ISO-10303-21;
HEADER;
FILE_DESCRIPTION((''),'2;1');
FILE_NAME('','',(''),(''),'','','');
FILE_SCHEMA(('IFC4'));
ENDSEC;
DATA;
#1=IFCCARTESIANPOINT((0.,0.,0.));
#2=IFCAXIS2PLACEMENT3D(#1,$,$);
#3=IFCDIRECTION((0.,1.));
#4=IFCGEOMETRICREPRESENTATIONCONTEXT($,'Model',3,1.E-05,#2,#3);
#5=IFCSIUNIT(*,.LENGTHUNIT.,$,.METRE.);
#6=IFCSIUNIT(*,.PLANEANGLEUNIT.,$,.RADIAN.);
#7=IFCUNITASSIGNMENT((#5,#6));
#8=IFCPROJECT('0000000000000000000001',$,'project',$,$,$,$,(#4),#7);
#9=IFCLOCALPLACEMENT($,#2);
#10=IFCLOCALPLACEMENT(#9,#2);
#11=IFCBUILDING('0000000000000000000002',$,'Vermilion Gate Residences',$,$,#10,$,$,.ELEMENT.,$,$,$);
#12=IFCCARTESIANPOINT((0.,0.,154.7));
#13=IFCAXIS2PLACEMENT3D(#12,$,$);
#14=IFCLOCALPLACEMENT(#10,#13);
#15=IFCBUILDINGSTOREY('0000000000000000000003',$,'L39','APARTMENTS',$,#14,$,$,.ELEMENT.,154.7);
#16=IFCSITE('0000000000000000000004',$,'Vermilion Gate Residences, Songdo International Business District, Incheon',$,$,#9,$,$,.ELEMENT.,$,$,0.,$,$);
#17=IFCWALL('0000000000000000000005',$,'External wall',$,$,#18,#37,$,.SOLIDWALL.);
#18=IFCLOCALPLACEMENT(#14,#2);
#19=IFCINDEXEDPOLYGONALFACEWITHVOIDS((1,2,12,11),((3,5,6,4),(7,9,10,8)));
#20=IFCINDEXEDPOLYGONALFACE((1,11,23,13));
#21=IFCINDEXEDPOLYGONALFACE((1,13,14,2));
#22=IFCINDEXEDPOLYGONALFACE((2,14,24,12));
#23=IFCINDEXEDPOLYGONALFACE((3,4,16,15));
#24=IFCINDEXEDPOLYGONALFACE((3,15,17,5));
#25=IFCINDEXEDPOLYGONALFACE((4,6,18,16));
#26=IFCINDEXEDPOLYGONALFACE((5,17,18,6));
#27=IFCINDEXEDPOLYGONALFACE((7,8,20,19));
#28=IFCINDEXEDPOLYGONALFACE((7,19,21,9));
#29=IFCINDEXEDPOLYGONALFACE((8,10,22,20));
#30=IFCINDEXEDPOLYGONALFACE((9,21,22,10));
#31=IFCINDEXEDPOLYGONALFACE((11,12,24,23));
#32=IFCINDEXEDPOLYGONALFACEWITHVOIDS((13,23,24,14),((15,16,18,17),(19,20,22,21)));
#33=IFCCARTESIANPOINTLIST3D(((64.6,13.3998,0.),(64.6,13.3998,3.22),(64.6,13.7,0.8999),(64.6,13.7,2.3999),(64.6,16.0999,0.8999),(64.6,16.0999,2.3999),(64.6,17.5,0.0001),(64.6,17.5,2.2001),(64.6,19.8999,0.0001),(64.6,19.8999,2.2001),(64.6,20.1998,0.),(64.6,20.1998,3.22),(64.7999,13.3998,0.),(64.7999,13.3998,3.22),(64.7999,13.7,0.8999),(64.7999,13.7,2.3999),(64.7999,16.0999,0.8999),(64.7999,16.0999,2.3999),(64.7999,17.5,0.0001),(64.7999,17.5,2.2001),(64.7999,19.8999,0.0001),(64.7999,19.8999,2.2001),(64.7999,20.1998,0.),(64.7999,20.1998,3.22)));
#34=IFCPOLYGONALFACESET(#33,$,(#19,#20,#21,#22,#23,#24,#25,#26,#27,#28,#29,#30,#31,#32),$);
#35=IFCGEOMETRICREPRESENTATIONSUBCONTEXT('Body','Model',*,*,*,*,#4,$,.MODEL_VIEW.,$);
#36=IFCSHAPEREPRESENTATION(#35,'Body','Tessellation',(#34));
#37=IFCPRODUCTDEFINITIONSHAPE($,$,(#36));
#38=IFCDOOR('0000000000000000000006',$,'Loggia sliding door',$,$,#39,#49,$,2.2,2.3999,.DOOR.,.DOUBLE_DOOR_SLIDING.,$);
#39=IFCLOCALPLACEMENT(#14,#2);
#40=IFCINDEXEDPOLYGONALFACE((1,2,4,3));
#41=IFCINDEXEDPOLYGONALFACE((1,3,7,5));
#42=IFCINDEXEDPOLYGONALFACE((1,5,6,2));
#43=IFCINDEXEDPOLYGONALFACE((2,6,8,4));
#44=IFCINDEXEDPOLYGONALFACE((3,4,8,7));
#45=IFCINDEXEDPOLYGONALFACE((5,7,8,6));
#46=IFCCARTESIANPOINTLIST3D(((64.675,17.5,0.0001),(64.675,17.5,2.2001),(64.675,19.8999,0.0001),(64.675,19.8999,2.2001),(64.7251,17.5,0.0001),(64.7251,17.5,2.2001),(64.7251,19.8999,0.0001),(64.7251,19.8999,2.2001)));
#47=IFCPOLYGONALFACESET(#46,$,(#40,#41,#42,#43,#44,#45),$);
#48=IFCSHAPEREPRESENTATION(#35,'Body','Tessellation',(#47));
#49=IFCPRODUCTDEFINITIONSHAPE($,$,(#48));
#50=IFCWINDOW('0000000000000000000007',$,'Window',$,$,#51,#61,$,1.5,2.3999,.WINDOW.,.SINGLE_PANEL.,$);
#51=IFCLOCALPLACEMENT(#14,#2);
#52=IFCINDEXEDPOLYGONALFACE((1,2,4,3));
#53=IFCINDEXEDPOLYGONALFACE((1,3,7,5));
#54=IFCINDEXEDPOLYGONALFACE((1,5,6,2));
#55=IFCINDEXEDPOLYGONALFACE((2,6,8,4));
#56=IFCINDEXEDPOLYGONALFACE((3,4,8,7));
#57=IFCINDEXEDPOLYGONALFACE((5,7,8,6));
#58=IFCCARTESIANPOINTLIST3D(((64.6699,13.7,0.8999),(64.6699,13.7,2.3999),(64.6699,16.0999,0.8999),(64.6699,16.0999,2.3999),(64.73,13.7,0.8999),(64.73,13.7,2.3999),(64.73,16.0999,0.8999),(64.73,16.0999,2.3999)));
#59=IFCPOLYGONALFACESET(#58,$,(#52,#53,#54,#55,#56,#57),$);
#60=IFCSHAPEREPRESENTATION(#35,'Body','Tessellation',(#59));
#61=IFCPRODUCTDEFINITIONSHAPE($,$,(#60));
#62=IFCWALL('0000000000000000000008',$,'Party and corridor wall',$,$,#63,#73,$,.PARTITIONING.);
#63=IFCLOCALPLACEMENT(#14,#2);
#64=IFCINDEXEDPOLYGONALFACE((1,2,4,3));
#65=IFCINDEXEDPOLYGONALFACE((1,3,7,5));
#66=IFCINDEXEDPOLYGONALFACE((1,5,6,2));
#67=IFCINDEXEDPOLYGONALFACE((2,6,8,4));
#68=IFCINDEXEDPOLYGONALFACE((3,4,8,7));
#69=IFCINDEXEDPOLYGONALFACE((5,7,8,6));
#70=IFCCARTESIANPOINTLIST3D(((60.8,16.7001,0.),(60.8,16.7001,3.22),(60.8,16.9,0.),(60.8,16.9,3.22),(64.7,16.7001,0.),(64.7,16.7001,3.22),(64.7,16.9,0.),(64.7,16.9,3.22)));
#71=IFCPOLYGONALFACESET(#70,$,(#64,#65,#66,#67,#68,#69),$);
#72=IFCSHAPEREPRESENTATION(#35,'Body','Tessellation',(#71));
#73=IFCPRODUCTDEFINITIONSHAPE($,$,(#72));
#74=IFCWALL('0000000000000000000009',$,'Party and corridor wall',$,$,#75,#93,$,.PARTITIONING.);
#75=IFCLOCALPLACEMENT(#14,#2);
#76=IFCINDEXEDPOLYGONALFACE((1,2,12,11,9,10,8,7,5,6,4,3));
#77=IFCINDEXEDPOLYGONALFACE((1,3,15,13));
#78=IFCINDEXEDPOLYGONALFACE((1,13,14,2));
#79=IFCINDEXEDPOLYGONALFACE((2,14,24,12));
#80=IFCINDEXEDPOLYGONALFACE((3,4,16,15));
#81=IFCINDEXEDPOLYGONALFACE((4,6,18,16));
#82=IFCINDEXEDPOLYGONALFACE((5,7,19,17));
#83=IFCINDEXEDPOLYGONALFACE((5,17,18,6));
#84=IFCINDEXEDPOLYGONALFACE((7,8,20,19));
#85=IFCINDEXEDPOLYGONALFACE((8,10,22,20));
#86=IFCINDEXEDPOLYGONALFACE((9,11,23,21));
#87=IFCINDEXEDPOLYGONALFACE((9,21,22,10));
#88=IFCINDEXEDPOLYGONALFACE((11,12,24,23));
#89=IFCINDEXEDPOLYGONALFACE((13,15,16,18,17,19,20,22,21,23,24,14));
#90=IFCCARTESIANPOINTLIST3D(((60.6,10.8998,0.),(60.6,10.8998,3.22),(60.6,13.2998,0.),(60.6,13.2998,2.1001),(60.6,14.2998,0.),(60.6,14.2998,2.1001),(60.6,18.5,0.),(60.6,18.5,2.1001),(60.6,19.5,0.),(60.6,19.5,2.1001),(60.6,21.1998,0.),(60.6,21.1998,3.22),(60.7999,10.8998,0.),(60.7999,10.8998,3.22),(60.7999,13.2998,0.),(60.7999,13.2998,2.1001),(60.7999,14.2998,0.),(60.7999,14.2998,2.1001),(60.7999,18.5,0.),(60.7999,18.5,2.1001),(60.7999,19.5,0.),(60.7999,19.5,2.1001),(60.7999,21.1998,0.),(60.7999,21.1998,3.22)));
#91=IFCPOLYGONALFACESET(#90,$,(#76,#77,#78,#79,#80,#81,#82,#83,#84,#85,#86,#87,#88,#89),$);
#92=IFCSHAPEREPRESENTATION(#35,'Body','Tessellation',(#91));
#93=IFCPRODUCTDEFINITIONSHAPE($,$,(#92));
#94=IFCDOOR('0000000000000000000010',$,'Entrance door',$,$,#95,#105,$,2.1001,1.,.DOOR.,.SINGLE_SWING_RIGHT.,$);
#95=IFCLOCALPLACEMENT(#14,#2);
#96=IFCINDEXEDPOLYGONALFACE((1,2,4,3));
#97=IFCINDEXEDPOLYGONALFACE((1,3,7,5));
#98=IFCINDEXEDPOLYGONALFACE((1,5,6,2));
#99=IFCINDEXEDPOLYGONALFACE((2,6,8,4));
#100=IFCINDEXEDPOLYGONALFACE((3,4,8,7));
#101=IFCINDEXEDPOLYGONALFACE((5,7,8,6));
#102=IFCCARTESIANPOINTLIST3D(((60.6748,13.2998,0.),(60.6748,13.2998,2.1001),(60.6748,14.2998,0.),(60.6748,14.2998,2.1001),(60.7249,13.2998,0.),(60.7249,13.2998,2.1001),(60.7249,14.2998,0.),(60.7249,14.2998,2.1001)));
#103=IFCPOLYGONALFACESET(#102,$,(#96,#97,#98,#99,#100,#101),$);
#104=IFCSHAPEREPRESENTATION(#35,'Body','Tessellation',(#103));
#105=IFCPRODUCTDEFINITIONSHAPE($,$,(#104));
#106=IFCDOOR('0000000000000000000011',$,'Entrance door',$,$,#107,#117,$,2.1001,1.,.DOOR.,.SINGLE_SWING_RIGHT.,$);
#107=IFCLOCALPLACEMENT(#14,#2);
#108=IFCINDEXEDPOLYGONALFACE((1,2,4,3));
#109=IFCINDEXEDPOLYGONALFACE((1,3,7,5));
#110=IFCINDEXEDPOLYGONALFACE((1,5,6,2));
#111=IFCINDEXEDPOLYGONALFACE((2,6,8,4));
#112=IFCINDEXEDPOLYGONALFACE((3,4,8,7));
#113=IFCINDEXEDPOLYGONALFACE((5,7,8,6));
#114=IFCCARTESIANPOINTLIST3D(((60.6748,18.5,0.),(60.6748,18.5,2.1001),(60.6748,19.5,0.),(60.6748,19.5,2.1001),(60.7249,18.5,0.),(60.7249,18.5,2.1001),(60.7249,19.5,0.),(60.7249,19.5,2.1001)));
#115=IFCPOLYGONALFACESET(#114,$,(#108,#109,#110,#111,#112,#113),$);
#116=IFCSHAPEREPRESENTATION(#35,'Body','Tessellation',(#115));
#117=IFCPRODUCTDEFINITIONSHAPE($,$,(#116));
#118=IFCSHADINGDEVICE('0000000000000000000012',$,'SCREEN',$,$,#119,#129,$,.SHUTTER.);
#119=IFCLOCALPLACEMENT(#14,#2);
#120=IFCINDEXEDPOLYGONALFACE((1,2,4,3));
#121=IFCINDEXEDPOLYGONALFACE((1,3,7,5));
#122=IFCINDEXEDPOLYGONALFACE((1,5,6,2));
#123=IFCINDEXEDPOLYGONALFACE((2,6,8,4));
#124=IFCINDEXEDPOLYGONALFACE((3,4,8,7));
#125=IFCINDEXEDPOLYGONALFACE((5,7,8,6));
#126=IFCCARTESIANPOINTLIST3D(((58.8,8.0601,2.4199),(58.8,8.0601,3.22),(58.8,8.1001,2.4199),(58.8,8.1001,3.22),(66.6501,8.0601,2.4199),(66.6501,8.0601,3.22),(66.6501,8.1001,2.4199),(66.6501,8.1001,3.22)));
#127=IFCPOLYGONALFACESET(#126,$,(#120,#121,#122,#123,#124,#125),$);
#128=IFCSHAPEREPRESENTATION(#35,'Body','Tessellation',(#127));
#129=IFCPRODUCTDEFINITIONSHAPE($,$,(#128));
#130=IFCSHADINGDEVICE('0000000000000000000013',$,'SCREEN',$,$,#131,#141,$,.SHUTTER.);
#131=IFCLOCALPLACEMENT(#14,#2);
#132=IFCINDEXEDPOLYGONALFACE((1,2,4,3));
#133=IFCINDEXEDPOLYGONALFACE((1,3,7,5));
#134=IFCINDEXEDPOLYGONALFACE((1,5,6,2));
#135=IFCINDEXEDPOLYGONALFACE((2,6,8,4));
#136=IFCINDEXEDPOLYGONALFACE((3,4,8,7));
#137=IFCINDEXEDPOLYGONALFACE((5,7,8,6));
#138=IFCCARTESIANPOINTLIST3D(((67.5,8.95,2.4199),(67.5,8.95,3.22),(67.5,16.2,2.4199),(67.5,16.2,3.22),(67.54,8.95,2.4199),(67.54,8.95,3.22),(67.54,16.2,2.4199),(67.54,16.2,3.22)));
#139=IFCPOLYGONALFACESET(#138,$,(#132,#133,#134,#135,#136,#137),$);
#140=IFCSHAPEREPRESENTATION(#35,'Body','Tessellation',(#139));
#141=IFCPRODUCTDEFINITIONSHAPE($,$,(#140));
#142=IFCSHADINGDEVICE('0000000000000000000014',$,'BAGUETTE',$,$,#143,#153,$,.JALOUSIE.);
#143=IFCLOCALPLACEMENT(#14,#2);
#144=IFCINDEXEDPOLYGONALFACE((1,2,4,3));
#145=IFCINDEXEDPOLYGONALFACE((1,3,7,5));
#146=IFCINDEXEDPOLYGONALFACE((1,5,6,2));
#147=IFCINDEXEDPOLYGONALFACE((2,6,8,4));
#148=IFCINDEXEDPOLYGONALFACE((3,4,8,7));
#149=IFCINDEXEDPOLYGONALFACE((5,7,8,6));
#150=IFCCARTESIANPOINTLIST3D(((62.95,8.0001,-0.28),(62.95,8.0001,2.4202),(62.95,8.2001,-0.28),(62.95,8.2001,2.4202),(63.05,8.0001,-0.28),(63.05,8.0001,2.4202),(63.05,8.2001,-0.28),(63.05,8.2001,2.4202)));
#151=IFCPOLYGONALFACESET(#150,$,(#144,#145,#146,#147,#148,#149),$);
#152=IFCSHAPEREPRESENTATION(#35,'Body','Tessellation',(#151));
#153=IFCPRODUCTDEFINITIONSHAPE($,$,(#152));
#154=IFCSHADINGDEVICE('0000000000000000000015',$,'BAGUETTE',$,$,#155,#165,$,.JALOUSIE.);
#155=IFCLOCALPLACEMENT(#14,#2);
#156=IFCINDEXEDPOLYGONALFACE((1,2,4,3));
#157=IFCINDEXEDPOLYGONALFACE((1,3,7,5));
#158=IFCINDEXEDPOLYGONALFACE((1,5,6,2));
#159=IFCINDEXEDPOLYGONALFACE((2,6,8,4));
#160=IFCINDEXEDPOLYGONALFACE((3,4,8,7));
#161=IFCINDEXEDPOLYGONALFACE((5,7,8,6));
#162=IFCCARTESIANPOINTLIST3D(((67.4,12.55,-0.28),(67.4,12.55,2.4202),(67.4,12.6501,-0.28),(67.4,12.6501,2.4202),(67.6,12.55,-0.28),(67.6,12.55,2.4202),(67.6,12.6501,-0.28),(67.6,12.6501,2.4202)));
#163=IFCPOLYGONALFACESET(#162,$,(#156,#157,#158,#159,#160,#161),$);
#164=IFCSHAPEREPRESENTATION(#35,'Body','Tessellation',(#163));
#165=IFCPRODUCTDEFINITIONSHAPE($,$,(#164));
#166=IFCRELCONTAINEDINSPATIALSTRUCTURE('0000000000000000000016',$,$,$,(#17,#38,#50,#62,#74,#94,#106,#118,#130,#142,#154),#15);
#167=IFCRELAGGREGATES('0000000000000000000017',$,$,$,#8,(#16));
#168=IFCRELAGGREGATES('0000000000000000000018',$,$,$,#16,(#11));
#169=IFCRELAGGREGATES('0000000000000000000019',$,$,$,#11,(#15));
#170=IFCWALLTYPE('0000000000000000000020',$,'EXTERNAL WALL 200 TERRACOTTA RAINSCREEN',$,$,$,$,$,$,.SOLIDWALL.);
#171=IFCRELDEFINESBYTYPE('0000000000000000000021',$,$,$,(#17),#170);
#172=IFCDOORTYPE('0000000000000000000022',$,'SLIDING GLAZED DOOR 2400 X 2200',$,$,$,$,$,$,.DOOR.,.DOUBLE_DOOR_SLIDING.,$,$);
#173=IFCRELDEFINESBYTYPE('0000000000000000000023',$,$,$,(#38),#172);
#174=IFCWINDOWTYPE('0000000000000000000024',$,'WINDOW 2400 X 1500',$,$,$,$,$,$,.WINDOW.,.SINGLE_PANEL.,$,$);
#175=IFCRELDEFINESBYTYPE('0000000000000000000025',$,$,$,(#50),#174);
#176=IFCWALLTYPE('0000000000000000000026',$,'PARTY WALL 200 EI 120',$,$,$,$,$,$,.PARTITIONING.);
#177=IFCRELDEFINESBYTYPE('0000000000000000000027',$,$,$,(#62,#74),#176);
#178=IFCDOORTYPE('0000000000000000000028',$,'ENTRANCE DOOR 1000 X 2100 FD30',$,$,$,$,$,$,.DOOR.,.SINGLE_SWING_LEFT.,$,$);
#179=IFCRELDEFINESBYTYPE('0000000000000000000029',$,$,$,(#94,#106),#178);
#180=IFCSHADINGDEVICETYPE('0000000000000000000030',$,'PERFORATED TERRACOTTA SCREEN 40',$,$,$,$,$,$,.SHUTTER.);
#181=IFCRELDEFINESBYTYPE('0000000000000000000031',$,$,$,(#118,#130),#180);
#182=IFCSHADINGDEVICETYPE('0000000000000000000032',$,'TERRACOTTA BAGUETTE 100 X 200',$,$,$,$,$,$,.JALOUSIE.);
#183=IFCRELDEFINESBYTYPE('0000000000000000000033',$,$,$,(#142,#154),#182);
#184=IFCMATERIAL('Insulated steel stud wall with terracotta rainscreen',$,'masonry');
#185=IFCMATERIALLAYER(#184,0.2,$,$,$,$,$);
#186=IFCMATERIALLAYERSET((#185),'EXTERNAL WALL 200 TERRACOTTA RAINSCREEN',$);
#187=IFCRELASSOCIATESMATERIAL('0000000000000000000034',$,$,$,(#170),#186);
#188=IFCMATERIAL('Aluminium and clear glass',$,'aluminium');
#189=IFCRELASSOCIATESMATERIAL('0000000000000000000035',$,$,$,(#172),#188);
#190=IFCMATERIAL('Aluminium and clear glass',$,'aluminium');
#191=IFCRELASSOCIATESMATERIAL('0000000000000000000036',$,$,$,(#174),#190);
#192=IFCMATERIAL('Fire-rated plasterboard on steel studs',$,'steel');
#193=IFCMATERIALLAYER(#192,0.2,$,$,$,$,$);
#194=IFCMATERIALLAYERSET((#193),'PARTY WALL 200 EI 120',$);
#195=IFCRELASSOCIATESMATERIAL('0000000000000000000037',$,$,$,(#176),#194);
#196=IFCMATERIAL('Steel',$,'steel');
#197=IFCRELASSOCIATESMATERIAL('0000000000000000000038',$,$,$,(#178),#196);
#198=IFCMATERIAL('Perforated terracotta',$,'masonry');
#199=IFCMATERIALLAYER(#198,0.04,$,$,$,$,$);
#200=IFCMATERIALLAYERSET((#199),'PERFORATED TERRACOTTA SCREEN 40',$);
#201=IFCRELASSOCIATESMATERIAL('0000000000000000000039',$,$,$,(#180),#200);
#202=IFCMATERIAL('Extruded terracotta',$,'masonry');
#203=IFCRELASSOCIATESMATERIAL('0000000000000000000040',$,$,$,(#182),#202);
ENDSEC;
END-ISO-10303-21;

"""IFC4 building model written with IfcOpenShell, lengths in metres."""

from ifc_helpers import new_model, si_unit, direction, frame, frame_2d, origin, origin_2d, place, context, subcontext, project, spatial, rectangle, extrude, material, layer, layer_set, material_profile, profile_set, type_object, element, fill, save


model = new_model("IFC4")

# Units and contexts
model_context = context("Model", 3, precision=1e-05, world=origin(), true_north=direction((0.0, 1.0)))
body_context = subcontext(model_context, "Body", "Model", "MODEL_VIEW")
ifc_project = project(units=[si_unit("LENGTHUNIT", "METRE"), si_unit("PLANEANGLEUNIT", "RADIAN")], contexts=[model_context])

# Site, building, storey
site_placement = place(None, origin())
site = spatial("IfcSite", under=ifc_project, at=site_placement, Name="Vermilion Gate Residences, Songdo International Business District, Incheon", CompositionType="ELEMENT", RefElevation=0.0)
building_placement = place(site_placement, origin())
building = spatial("IfcBuilding", under=site, at=building_placement, Name="Vermilion Gate Residences", CompositionType="ELEMENT")
storey_placement = place(building_placement, frame((0.0, 0.0, 154.7)))
storey = spatial("IfcBuildingStorey", under=building, at=storey_placement, Name="L39", Description="APARTMENTS", CompositionType="ELEMENT", Elevation=154.7)

# Shared definitions
ifc_material_1 = material(Name="Insulated steel stud wall with terracotta rainscreen", Category="masonry")
ifc_layer_1 = layer(ifc_material_1, 0.2)
ifc_layer_set_1 = layer_set([ifc_layer_1], Name="EXTERNAL WALL 200 TERRACOTTA RAINSCREEN")
wall_type_1 = type_object("IfcWallType", Name="EXTERNAL WALL 200 TERRACOTTA RAINSCREEN", PredefinedType="SOLIDWALL", material=ifc_layer_set_1)

# Wall, openings, door, window
wall_1_placement = place(storey_placement, frame((64.7, 13.3999, 0.0), z_axis=(0.0, 0.0, 1.0), x_axis=(0.0, 1.0, 0.0)))
wall_1 = element("IfcWall", 1, at=wall_1_placement, inside=storey, type_object=wall_type_1, Name="External wall", PredefinedType="SOLIDWALL", context=body_context, shape_type="SweptSolid", body=[
    extrude(rectangle(XDim=6.8, YDim=0.2, at=frame_2d((3.3999, 0.0))), origin(), (0.0, 0.0, 1.0), 3.22),
])
opening_1_placement = place(wall_1_placement, frame((0.3, 0.0, 0.8999)))
opening_1 = element("IfcOpeningElement", 2, at=opening_1_placement, cuts=wall_1, PredefinedType="OPENING", context=body_context, shape_type="SweptSolid", body=[
    extrude(rectangle(XDim=2.3999, YDim=1.5, at=frame_2d((1.2, 0.75))), frame((0.0, 0.1099, 0.0), z_axis=(0.0, -1.0, 0.0), x_axis=(1.0, 0.0, 0.0)), (0.0, 0.0, 1.0), 0.22),
])
opening_2_placement = place(wall_1_placement, frame((4.1001, 0.0, 0.0)))
opening_2 = element("IfcOpeningElement", 3, at=opening_2_placement, cuts=wall_1, PredefinedType="OPENING", context=body_context, shape_type="SweptSolid", body=[
    extrude(rectangle(XDim=2.3999, YDim=2.2, at=frame_2d((1.2, 1.1001))), frame((0.0, 0.1099, 0.0), z_axis=(0.0, -1.0, 0.0), x_axis=(1.0, 0.0, 0.0)), (0.0, 0.0, 1.0), 0.22),
])
ifc_material_2 = material(Name="Aluminium and clear glass", Category="aluminium")
door_type_1 = type_object("IfcDoorType", Name="SLIDING GLAZED DOOR 2400 X 2200", OperationType="DOUBLE_DOOR_SLIDING", PredefinedType="DOOR", material=ifc_material_2)
door_1_placement = place(opening_2_placement, origin())
door_1 = element("IfcDoor", 4, at=door_1_placement, inside=storey, type_object=door_type_1, Name="Loggia sliding door", OperationType="DOUBLE_DOOR_SLIDING", OverallHeight=2.2, OverallWidth=2.3999, PredefinedType="DOOR", context=body_context, shape_type="SweptSolid", body=[
    extrude(rectangle(XDim=2.3999, YDim=2.2, at=frame_2d((1.2, 1.1001))), frame((0.0, 0.0249, 0.0), z_axis=(0.0, -1.0, 0.0), x_axis=(1.0, 0.0, 0.0)), (0.0, 0.0, 1.0), 0.05),
])
fill(opening_2, door_1)
ifc_material_3 = material(Name="Aluminium and clear glass", Category="aluminium")
window_type_1 = type_object("IfcWindowType", Name="WINDOW 2400 X 1500", PartitioningType="SINGLE_PANEL", PredefinedType="WINDOW", material=ifc_material_3)
window_1_placement = place(opening_1_placement, origin())
window_1 = element("IfcWindow", 5, at=window_1_placement, inside=storey, type_object=window_type_1, Name="Window", OverallHeight=1.5, OverallWidth=2.3999, PartitioningType="SINGLE_PANEL", PredefinedType="WINDOW", context=body_context, shape_type="SweptSolid", body=[
    extrude(rectangle(XDim=2.3999, YDim=1.5, at=frame_2d((1.2, 0.75))), frame((0.0, 0.03, 0.0), z_axis=(0.0, -1.0, 0.0), x_axis=(1.0, 0.0, 0.0)), (0.0, 0.0, 1.0), 0.0601),
])
fill(opening_1, window_1)

# Wall
ifc_material_4 = material(Name="Fire-rated plasterboard on steel studs", Category="steel")
ifc_layer_2 = layer(ifc_material_4, 0.2)
ifc_layer_set_2 = layer_set([ifc_layer_2], Name="PARTY WALL 200 EI 120")
wall_type_2 = type_object("IfcWallType", Name="PARTY WALL 200 EI 120", PredefinedType="PARTITIONING", material=ifc_layer_set_2)
wall_2_placement = place(storey_placement, frame((60.8, 16.8, 0.0), z_axis=(0.0, 0.0, 1.0), x_axis=(1.0, 0.0, 0.0)))
element("IfcWall", 6, at=wall_2_placement, inside=storey, type_object=wall_type_2, Name="Party and corridor wall", PredefinedType="PARTITIONING", context=body_context, shape_type="SweptSolid", body=[
    extrude(rectangle(XDim=3.8999, YDim=0.2, at=frame_2d((1.95, 0.0))), origin(), (0.0, 0.0, 1.0), 3.22),
])

# Wall, openings, doors
wall_3_placement = place(storey_placement, frame((60.7, 10.8999, 0.0), z_axis=(0.0, 0.0, 1.0), x_axis=(0.0, 1.0, 0.0)))
wall_3 = element("IfcWall", 7, at=wall_3_placement, inside=storey, type_object=wall_type_2, Name="Party and corridor wall", PredefinedType="PARTITIONING", context=body_context, shape_type="SweptSolid", body=[
    extrude(rectangle(XDim=10.3, YDim=0.2, at=frame_2d((5.1499, 0.0))), origin(), (0.0, 0.0, 1.0), 3.22),
])
opening_3_placement = place(wall_3_placement, frame((2.3999, 0.0, 0.0)))
opening_3 = element("IfcOpeningElement", 8, at=opening_3_placement, cuts=wall_3, PredefinedType="OPENING", context=body_context, shape_type="SweptSolid", body=[
    extrude(rectangle(XDim=1.0, YDim=2.1001, at=frame_2d((0.5, 1.05))), frame((0.0, 0.1099, 0.0), z_axis=(0.0, -1.0, 0.0), x_axis=(1.0, 0.0, 0.0)), (0.0, 0.0, 1.0), 0.22),
])
opening_4_placement = place(wall_3_placement, frame((7.6001, 0.0, 0.0)))
opening_4 = element("IfcOpeningElement", 9, at=opening_4_placement, cuts=wall_3, PredefinedType="OPENING", context=body_context, shape_type="SweptSolid", body=[
    extrude(rectangle(XDim=1.0, YDim=2.1001, at=frame_2d((0.5, 1.05))), frame((0.0, 0.1099, 0.0), z_axis=(0.0, -1.0, 0.0), x_axis=(1.0, 0.0, 0.0)), (0.0, 0.0, 1.0), 0.22),
])
ifc_material_5 = material(Name="Steel", Category="steel")
door_type_2 = type_object("IfcDoorType", Name="ENTRANCE DOOR 1000 X 2100 FD30", OperationType="SINGLE_SWING_LEFT", PredefinedType="DOOR", material=ifc_material_5)
door_2_placement = place(opening_3_placement, frame((1.0, 0.0, 0.0), z_axis=(0.0, 0.0, 1.0), x_axis=(-1.0, 0.0, 0.0)))
door_2 = element("IfcDoor", 10, at=door_2_placement, inside=storey, type_object=door_type_2, Name="Entrance door", OperationType="SINGLE_SWING_RIGHT", OverallHeight=2.1001, OverallWidth=1.0, PredefinedType="DOOR", context=body_context, shape_type="SweptSolid", body=[
    extrude(rectangle(XDim=1.0, YDim=2.1001, at=frame_2d((0.5, 1.05))), frame((0.0, 0.0249, 0.0), z_axis=(0.0, -1.0, 0.0), x_axis=(1.0, 0.0, 0.0)), (0.0, 0.0, 1.0), 0.05),
])
fill(opening_3, door_2)
door_3_placement = place(opening_4_placement, frame((1.0, 0.0, 0.0), z_axis=(0.0, 0.0, 1.0), x_axis=(-1.0, 0.0, 0.0)))
door_3 = element("IfcDoor", 11, at=door_3_placement, inside=storey, type_object=door_type_2, Name="Entrance door", OperationType="SINGLE_SWING_RIGHT", OverallHeight=2.1001, OverallWidth=1.0, PredefinedType="DOOR", context=body_context, shape_type="SweptSolid", body=[
    extrude(rectangle(XDim=1.0, YDim=2.1001, at=frame_2d((0.5, 1.05))), frame((0.0, 0.0249, 0.0), z_axis=(0.0, -1.0, 0.0), x_axis=(1.0, 0.0, 0.0)), (0.0, 0.0, 1.0), 0.05),
])
fill(opening_4, door_3)

# Shading devices
ifc_material_6 = material(Name="Perforated terracotta", Category="masonry")
ifc_layer_3 = layer(ifc_material_6, 0.04)
ifc_layer_set_3 = layer_set([ifc_layer_3], Name="PERFORATED TERRACOTTA SCREEN 40")
shading_device_type_1 = type_object("IfcShadingDeviceType", Name="PERFORATED TERRACOTTA SCREEN 40", PredefinedType="SHUTTER", material=ifc_layer_set_3)
shading_device_1_placement = place(storey_placement, frame((62.7251, 8.0801, 2.4199), z_axis=(0.0, 0.0, 1.0), x_axis=(1.0, 0.0, 0.0)))
element("IfcShadingDevice", 12, at=shading_device_1_placement, inside=storey, type_object=shading_device_type_1, Name="SCREEN", PredefinedType="SHUTTER", context=body_context, shape_type="SweptSolid", body=[
    extrude(rectangle(XDim=7.8501, YDim=0.04, at=origin_2d()), origin(), (0.0, 0.0, 1.0), 0.8),
])
shading_device_2_placement = place(storey_placement, frame((67.52, 12.575, 2.4199), z_axis=(0.0, 0.0, 1.0), x_axis=(0.0, 1.0, 0.0)))
element("IfcShadingDevice", 13, at=shading_device_2_placement, inside=storey, type_object=shading_device_type_1, Name="SCREEN", PredefinedType="SHUTTER", context=body_context, shape_type="SweptSolid", body=[
    extrude(rectangle(XDim=7.25, YDim=0.04, at=origin_2d()), origin(), (0.0, 0.0, 1.0), 0.8),
])
ifc_material_7 = material(Name="Extruded terracotta", Category="masonry")
ifc_material_profile_1 = material_profile(ifc_material_7, rectangle(XDim=0.2, YDim=0.1001, at=origin_2d()), Name="BAGUETTE 100 X 200")
ifc_profile_set_1 = profile_set([ifc_material_profile_1], Name="Extruded terracotta")
shading_device_type_2 = type_object("IfcShadingDeviceType", Name="TERRACOTTA BAGUETTE 100 X 200", PredefinedType="JALOUSIE", material=ifc_profile_set_1)
for number, where, z_axis, x_axis, name in (
    (14, (63.0, 8.1001, -0.28), (0.0, 0.0, 1.0), (0.0, 1.0, 0.0), "BAGUETTE"),
    (15, (67.5, 12.6001, -0.28), (0.0, 0.0, 1.0), (-1.0, 0.0, 0.0), "BAGUETTE"),
):
    element("IfcShadingDevice", number, at=place(storey_placement, frame(where, z_axis=z_axis, x_axis=x_axis)), inside=storey, type_object=shading_device_type_2, Name=name, PredefinedType="JALOUSIE", context=body_context, shape_type="SweptSolid", body=[
        extrude(rectangle(XDim=0.2, YDim=0.1001, at=origin_2d()), origin(), (0.0, 0.0, 1.0), 2.7002),
    ])

save(model, "model.ifc")
